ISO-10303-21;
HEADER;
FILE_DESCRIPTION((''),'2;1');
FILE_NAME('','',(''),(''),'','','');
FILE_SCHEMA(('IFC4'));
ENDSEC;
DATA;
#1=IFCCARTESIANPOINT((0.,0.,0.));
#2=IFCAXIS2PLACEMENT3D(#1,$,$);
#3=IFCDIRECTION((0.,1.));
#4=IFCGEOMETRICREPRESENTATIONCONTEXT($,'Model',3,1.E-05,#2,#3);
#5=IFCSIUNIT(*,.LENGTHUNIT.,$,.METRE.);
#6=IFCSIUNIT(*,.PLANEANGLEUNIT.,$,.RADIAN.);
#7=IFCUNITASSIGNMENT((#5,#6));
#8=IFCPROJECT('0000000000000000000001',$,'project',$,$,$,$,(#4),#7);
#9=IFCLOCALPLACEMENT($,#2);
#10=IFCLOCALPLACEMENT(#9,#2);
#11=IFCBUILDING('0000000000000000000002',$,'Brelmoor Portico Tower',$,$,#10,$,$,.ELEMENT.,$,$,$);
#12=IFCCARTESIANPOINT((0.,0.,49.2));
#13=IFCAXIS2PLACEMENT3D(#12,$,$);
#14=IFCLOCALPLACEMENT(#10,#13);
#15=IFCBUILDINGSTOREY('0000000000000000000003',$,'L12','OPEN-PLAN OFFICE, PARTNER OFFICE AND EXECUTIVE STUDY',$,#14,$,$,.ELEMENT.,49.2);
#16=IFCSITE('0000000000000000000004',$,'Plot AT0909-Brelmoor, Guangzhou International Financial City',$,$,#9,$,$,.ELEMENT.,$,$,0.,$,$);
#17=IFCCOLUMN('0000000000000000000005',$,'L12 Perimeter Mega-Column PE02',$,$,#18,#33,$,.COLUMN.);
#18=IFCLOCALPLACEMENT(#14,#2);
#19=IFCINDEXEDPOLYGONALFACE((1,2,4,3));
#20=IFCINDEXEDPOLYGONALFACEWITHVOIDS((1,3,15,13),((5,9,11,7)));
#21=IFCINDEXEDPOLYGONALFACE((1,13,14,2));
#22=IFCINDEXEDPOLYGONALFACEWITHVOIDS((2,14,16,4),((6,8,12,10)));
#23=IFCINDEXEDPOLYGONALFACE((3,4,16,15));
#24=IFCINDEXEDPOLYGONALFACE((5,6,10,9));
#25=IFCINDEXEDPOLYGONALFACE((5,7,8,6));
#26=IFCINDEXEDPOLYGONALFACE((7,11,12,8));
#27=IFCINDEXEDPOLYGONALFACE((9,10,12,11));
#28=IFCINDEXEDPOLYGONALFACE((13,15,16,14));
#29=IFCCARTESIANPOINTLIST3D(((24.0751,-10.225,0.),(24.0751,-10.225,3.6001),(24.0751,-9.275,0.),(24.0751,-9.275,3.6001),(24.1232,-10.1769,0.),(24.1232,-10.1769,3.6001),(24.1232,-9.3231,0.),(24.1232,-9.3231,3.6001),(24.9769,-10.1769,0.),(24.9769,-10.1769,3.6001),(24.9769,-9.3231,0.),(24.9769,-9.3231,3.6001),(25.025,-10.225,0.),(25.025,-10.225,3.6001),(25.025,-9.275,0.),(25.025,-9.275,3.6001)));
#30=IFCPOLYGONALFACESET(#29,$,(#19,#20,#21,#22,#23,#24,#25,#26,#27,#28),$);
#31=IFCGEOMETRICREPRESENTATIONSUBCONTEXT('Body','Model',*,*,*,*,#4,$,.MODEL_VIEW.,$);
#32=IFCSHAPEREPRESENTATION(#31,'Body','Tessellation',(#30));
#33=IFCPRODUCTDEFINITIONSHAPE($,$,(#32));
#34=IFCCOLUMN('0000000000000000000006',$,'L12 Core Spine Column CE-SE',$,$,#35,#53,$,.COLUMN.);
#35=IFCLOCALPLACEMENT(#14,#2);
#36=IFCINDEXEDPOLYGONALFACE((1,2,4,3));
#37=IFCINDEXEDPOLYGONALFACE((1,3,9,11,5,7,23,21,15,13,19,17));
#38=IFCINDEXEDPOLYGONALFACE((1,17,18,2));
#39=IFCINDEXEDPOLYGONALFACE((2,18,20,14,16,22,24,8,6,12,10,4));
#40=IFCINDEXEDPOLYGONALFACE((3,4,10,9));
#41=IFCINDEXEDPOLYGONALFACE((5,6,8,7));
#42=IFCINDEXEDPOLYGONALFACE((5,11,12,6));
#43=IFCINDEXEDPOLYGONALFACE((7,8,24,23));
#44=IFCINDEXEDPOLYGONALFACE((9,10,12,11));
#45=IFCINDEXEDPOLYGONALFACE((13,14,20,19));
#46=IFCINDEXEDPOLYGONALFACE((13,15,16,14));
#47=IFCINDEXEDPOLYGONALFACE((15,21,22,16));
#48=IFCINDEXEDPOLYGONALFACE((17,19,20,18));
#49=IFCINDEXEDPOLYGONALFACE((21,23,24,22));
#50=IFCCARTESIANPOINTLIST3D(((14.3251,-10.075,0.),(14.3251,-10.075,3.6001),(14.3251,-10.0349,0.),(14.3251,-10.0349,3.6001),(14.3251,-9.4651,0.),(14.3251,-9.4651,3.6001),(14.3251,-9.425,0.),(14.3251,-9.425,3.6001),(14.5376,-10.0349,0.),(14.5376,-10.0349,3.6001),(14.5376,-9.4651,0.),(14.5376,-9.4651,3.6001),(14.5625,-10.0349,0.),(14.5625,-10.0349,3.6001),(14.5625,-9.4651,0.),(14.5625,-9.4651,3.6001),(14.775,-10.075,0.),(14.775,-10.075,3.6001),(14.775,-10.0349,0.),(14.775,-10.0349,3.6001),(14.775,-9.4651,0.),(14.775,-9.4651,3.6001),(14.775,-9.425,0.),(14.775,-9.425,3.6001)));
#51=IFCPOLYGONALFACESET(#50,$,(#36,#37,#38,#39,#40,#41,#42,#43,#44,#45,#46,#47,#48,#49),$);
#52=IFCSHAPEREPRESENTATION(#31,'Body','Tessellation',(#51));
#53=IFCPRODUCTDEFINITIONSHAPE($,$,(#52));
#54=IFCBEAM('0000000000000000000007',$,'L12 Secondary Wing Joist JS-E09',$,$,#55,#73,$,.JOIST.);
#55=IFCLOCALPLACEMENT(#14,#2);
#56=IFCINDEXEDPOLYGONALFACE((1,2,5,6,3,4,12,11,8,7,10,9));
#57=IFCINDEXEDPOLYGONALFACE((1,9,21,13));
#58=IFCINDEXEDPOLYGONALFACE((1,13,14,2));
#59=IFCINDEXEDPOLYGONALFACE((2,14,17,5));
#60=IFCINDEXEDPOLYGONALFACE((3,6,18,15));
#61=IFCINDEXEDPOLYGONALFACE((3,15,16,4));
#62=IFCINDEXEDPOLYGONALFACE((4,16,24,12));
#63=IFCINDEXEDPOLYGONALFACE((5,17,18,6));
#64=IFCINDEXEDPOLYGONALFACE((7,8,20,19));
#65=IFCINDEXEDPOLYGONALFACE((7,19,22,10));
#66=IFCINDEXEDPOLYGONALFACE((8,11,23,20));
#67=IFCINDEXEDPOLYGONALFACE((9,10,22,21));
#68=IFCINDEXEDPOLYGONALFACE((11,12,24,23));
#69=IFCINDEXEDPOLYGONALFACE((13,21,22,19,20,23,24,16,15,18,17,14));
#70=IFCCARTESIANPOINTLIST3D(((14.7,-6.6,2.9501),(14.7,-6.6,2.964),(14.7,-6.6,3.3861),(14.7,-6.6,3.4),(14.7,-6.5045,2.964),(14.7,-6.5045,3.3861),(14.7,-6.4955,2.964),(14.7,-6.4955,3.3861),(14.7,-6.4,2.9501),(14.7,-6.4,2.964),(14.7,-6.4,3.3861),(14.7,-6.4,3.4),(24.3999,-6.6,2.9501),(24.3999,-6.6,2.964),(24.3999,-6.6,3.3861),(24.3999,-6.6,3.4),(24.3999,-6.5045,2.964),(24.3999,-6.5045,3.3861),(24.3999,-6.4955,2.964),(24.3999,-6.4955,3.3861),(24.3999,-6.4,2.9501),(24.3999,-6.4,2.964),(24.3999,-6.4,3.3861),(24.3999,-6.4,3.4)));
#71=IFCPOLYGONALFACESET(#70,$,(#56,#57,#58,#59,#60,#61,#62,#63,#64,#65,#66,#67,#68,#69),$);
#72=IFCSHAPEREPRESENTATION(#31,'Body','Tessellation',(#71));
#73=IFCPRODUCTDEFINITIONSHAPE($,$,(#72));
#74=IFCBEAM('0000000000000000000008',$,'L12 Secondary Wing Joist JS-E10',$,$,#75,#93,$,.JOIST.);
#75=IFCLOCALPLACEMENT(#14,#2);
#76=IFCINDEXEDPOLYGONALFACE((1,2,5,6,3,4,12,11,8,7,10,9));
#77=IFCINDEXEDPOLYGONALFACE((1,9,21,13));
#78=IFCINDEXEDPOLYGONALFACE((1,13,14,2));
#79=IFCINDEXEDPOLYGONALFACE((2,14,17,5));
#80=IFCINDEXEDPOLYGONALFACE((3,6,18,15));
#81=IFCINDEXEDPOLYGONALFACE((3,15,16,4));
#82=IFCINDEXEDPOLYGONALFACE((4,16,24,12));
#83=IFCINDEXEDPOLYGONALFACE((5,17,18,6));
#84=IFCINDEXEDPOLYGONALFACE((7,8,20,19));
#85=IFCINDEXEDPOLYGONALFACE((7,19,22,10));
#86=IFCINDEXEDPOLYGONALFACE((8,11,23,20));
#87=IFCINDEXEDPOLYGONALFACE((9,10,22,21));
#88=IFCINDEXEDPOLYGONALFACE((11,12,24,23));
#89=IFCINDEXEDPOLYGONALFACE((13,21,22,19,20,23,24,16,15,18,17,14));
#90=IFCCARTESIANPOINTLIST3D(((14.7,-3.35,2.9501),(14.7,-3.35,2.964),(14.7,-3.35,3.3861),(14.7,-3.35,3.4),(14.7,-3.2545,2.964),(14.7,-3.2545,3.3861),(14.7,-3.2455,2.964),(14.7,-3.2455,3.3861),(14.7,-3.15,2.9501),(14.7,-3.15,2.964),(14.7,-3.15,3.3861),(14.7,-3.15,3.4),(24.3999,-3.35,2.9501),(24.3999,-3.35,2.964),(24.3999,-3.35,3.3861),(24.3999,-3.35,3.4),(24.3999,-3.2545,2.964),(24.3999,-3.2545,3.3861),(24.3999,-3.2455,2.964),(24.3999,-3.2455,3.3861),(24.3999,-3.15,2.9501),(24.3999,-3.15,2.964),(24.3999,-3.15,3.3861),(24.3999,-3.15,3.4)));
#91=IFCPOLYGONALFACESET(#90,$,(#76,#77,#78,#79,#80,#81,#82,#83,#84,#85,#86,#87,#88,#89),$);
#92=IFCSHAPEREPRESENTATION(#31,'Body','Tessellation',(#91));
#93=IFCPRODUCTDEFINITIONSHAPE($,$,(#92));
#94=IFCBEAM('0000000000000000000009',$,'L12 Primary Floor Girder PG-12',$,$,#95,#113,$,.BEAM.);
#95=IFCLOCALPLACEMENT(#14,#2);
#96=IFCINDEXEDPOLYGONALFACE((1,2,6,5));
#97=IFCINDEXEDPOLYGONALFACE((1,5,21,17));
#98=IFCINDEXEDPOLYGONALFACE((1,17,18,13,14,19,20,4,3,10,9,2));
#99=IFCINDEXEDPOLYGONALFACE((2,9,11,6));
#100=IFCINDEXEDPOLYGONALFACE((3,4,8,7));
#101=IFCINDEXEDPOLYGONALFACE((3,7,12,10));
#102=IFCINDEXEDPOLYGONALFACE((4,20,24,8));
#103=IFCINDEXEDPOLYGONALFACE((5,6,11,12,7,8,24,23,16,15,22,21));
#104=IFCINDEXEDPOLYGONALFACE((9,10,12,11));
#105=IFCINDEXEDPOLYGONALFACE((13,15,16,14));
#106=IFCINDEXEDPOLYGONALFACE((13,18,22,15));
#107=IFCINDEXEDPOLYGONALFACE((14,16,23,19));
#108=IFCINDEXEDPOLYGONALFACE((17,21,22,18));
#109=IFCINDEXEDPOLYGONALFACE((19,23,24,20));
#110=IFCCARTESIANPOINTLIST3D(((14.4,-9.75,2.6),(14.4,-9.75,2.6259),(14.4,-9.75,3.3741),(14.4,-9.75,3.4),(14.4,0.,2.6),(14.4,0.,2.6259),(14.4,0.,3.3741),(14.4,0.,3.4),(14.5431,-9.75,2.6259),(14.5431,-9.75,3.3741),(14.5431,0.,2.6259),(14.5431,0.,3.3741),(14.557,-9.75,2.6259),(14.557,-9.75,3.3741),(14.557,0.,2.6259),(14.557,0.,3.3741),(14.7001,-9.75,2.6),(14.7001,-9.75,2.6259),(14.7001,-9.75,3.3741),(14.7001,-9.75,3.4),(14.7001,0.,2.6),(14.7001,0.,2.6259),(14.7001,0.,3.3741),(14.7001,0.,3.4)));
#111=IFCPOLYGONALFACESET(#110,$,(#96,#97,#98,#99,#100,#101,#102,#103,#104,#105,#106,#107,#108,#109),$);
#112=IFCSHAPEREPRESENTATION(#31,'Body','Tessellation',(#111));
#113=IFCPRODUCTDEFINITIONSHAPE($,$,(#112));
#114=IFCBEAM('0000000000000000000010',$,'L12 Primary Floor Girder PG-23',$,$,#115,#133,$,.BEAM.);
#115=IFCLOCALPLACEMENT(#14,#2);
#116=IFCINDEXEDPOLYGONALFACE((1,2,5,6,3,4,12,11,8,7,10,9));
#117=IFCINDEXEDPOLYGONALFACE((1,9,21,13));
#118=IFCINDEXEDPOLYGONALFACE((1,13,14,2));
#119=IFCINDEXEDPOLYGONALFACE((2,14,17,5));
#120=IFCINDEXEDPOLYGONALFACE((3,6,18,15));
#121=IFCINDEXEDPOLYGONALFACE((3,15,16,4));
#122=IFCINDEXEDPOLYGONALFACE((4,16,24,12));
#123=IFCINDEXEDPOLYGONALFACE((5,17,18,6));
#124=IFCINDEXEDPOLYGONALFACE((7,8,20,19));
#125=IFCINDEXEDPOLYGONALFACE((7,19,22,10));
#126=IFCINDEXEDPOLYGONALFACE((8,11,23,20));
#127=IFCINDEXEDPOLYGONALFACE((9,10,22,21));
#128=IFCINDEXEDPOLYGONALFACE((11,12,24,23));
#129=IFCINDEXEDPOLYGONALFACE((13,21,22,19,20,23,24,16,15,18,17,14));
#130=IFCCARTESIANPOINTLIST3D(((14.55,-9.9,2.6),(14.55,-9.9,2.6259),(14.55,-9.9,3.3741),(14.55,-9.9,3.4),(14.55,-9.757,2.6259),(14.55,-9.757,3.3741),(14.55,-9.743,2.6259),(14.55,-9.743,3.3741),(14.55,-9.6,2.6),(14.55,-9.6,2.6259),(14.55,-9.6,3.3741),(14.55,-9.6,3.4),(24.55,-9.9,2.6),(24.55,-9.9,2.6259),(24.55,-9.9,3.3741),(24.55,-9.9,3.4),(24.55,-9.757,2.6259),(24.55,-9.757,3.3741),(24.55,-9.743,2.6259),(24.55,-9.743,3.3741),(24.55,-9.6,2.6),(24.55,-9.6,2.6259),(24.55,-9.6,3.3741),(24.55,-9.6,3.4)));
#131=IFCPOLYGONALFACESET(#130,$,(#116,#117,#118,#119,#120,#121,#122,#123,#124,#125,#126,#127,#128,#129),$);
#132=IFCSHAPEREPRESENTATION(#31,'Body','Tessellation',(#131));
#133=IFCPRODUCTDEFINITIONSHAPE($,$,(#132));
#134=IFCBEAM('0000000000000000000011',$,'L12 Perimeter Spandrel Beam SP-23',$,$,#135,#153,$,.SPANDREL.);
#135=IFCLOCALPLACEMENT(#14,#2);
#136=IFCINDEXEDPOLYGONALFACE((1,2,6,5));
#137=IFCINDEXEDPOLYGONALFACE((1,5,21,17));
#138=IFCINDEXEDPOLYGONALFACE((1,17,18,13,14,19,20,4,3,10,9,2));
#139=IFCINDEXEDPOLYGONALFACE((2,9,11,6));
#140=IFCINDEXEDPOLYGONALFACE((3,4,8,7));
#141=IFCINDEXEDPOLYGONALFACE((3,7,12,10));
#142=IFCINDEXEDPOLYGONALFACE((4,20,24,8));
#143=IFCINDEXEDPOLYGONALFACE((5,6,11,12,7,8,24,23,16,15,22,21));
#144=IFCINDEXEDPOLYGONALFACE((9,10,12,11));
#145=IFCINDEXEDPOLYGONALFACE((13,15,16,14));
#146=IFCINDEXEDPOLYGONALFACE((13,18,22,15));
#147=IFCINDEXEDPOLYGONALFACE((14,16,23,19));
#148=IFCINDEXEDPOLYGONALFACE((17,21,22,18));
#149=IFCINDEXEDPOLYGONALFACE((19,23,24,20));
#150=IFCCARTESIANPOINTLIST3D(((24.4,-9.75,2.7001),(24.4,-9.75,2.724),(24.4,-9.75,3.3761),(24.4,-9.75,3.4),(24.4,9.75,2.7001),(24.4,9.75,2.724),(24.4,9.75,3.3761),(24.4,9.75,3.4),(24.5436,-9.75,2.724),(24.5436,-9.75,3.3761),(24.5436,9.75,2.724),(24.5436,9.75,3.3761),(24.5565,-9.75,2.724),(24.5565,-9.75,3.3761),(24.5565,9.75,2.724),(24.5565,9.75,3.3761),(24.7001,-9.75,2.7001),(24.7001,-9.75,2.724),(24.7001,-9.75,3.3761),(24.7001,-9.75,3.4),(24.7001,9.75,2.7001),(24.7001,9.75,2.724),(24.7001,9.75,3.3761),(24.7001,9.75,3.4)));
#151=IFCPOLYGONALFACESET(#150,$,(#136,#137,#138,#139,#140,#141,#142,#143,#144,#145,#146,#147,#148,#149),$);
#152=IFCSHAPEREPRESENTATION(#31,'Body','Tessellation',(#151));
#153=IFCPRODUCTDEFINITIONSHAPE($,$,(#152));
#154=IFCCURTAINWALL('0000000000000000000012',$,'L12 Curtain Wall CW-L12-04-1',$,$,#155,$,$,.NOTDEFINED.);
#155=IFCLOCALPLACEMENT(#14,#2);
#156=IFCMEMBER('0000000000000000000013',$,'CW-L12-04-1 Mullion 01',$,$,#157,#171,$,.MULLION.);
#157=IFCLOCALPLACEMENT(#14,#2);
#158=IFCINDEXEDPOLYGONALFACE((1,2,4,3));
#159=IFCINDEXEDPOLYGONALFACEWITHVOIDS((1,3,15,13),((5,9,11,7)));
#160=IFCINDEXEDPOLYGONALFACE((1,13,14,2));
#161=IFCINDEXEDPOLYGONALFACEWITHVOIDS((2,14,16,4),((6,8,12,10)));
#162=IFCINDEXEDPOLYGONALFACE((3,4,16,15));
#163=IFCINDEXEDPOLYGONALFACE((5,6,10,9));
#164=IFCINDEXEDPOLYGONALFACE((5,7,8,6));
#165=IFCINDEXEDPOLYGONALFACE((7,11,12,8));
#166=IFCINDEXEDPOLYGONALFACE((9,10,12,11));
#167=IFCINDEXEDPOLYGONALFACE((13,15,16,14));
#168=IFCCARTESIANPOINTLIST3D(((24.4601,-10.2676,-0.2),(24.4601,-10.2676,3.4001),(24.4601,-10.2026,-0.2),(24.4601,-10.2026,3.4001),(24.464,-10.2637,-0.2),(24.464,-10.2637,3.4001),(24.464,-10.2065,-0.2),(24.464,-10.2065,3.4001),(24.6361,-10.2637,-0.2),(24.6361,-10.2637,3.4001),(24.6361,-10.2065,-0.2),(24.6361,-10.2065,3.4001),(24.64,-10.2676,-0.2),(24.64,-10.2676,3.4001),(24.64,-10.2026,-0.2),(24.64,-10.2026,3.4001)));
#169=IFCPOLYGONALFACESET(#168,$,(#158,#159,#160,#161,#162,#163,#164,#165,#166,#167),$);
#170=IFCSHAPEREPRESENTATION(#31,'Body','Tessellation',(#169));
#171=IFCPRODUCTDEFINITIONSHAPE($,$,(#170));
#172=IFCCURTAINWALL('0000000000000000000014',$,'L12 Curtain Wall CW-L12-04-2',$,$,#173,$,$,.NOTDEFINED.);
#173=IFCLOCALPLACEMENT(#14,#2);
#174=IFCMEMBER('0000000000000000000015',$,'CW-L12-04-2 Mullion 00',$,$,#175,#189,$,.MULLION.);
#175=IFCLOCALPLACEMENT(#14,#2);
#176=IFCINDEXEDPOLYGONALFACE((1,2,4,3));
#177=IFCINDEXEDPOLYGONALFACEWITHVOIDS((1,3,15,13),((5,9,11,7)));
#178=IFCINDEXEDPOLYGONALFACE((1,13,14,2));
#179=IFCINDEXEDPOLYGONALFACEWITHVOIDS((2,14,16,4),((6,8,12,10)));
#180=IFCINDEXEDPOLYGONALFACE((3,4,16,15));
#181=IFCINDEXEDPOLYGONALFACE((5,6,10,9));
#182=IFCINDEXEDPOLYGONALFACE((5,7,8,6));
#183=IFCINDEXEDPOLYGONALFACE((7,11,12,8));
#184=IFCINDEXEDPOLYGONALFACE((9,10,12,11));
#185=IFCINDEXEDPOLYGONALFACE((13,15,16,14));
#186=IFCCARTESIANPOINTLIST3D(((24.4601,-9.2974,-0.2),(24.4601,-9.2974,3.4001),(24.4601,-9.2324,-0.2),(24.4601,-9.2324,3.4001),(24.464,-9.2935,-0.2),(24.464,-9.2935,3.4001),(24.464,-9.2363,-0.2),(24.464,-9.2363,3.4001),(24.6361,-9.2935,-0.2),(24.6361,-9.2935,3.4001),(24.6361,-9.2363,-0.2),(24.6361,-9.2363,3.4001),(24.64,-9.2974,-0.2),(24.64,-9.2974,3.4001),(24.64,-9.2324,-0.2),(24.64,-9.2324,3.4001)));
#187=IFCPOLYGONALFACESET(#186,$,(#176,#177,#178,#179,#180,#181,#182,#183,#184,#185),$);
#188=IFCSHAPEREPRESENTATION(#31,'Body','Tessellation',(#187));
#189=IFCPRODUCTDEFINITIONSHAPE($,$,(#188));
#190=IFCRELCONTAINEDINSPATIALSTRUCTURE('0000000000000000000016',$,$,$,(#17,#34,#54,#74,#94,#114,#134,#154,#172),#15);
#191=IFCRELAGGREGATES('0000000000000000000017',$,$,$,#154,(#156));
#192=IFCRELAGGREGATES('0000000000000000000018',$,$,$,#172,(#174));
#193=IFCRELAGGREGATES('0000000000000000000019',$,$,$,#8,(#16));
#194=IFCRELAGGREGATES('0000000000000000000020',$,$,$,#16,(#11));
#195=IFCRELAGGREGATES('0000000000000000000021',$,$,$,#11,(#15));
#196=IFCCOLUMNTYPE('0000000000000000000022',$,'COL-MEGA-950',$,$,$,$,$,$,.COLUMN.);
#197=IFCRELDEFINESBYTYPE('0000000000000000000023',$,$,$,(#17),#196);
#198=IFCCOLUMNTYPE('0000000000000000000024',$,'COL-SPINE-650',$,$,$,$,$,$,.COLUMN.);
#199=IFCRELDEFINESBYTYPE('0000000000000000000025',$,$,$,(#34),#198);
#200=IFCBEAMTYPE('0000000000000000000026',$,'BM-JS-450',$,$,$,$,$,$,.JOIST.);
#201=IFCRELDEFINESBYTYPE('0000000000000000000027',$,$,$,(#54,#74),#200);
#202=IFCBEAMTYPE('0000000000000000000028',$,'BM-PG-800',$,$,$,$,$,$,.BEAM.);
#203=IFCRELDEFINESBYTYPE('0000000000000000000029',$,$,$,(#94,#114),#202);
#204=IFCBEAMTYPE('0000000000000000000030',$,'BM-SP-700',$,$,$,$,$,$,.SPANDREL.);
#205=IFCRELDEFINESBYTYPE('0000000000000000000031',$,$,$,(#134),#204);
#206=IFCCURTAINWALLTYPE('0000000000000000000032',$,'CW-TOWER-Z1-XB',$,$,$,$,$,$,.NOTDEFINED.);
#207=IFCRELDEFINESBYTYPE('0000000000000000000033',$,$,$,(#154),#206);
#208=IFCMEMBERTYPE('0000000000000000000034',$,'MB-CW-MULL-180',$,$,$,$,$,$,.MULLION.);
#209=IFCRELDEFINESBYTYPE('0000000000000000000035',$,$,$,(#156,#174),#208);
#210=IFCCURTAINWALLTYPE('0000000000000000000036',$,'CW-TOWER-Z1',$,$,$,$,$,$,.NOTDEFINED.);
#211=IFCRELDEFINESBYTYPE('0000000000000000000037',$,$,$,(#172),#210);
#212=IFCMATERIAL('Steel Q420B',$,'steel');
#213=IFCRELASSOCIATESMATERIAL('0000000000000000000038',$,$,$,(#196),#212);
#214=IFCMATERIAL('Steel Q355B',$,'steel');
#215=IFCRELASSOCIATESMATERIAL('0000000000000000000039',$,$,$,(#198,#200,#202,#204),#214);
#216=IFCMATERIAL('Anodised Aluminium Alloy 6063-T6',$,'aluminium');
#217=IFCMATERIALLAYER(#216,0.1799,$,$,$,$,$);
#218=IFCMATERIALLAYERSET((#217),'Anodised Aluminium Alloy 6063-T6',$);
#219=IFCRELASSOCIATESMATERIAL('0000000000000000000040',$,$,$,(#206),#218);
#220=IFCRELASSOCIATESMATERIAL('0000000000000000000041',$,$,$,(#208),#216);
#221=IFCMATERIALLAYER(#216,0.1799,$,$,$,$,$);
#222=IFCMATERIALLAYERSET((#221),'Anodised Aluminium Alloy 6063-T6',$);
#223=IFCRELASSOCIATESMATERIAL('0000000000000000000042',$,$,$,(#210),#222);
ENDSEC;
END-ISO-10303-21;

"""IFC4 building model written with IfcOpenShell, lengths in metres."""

from ifc_helpers import new_model, si_unit, direction, frame, origin, origin_2d, place, context, subcontext, project, spatial, hollow_rectangle, i_section, extrude, material, layer, layer_set, material_profile, profile_set, type_object, element, aggregate, save


model = new_model("IFC4")

# Units and contexts
model_context = context("Model", 3, precision=1e-05, world=origin(), true_north=direction((0.0, 1.0)))
body_context = subcontext(model_context, "Body", "Model", "MODEL_VIEW")
ifc_project = project(units=[si_unit("LENGTHUNIT", "METRE"), si_unit("PLANEANGLEUNIT", "RADIAN")], contexts=[model_context])

# Site, building, storey
site_placement = place(None, origin())
site = spatial("IfcSite", under=ifc_project, at=site_placement, Name="Plot AT0909-Brelmoor, Guangzhou International Financial City", CompositionType="ELEMENT", RefElevation=0.0)
building_placement = place(site_placement, origin())
building = spatial("IfcBuilding", under=site, at=building_placement, Name="Brelmoor Portico Tower", CompositionType="ELEMENT")
storey_placement = place(building_placement, frame((0.0, 0.0, 49.2)))
storey = spatial("IfcBuildingStorey", under=building, at=storey_placement, Name="L12", Description="OPEN-PLAN OFFICE, PARTNER OFFICE AND EXECUTIVE STUDY", CompositionType="ELEMENT", Elevation=49.2)

# Columns
ifc_material_1 = material(Name="Steel Q420B", Category="steel")
ifc_material_profile_1 = material_profile(ifc_material_1, hollow_rectangle(XDim=0.95, YDim=0.95, WallThickness=0.0481, at=origin_2d()), Name="BOX 950x950x48")
ifc_profile_set_1 = profile_set([ifc_material_profile_1], Name="Steel Q420B")
column_type_1 = type_object("IfcColumnType", Name="COL-MEGA-950", PredefinedType="COLUMN", material=ifc_profile_set_1)
column_1_placement = place(storey_placement, frame((24.55, -9.75, 0.0), z_axis=(0.0, 0.0, 1.0), x_axis=(0.0, 1.0, 0.0)))
element("IfcColumn", 1, at=column_1_placement, inside=storey, type_object=column_type_1, Name="L12 Perimeter Mega-Column PE02", PredefinedType="COLUMN", context=body_context, shape_type="SweptSolid", body=[
    extrude(hollow_rectangle(XDim=0.95, YDim=0.95, WallThickness=0.0481, at=origin_2d()), origin(), (0.0, 0.0, 1.0), 3.6001),
])
ifc_material_2 = material(Name="Steel Q355B", Category="steel")
ifc_material_profile_2 = material_profile(ifc_material_2, i_section(OverallWidth=0.45, OverallDepth=0.6499, WebThickness=0.0249, FlangeThickness=0.04, at=origin_2d()), Name="HW 650x450x25x40")
ifc_profile_set_2 = profile_set([ifc_material_profile_2], Name="Steel Q355B")
column_type_2 = type_object("IfcColumnType", Name="COL-SPINE-650", PredefinedType="COLUMN", material=ifc_profile_set_2)
column_2_placement = place(storey_placement, frame((14.55, -9.75, 0.0), z_axis=(0.0, 0.0, 1.0), x_axis=(1.0, 0.0, 0.0)))
element("IfcColumn", 2, at=column_2_placement, inside=storey, type_object=column_type_2, Name="L12 Core Spine Column CE-SE", PredefinedType="COLUMN", context=body_context, shape_type="SweptSolid", body=[
    extrude(i_section(OverallWidth=0.45, OverallDepth=0.6499, WebThickness=0.0249, FlangeThickness=0.04, at=origin_2d()), origin(), (0.0, 0.0, 1.0), 3.6001),
])

# Beams
ifc_material_profile_3 = material_profile(ifc_material_2, i_section(OverallWidth=0.2, OverallDepth=0.45, WebThickness=0.009, FlangeThickness=0.0139, at=origin_2d()), Name="HN 450x200x9x14")
ifc_profile_set_3 = profile_set([ifc_material_profile_3], Name="Steel Q355B")
beam_type_1 = type_object("IfcBeamType", Name="BM-JS-450", PredefinedType="JOIST", material=ifc_profile_set_3)
for number, where, z_axis, x_axis, name in (
    (3, (14.7, -6.5, 3.175), (1.0, 0.0, 0.0), (0.0, 1.0, 0.0), "L12 Secondary Wing Joist JS-E09"),
    (4, (14.7, -3.25, 3.175), (1.0, 0.0, 0.0), (0.0, 1.0, 0.0), "L12 Secondary Wing Joist JS-E10"),
):
    element("IfcBeam", number, at=place(storey_placement, frame(where, z_axis=z_axis, x_axis=x_axis)), inside=storey, type_object=beam_type_1, Name=name, PredefinedType="JOIST", context=body_context, shape_type="SweptSolid", body=[
        extrude(i_section(OverallWidth=0.2, OverallDepth=0.45, WebThickness=0.009, FlangeThickness=0.0139, at=origin_2d()), origin(), (0.0, 0.0, 1.0), 9.7),
    ])
ifc_material_profile_4 = material_profile(ifc_material_2, i_section(OverallWidth=0.3, OverallDepth=0.8, WebThickness=0.0139, FlangeThickness=0.0259, at=origin_2d()), Name="HN 800x300x14x26")
ifc_profile_set_4 = profile_set([ifc_material_profile_4], Name="Steel Q355B")
beam_type_2 = type_object("IfcBeamType", Name="BM-PG-800", PredefinedType="BEAM", material=ifc_profile_set_4)
beam_1_placement = place(storey_placement, frame((14.55, -9.75, 3.0), z_axis=(0.0, 1.0, 0.0), x_axis=(-1.0, 0.0, 0.0)))
element("IfcBeam", 5, at=beam_1_placement, inside=storey, type_object=beam_type_2, Name="L12 Primary Floor Girder PG-12", PredefinedType="BEAM", context=body_context, shape_type="SweptSolid", body=[
    extrude(i_section(OverallWidth=0.3, OverallDepth=0.8, WebThickness=0.0139, FlangeThickness=0.0259, at=origin_2d()), origin(), (0.0, 0.0, 1.0), 9.75),
])
beam_2_placement = place(storey_placement, frame((14.55, -9.75, 3.0), z_axis=(1.0, 0.0, 0.0), x_axis=(0.0, 1.0, 0.0)))
element("IfcBeam", 6, at=beam_2_placement, inside=storey, type_object=beam_type_2, Name="L12 Primary Floor Girder PG-23", PredefinedType="BEAM", context=body_context, shape_type="SweptSolid", body=[
    extrude(i_section(OverallWidth=0.3, OverallDepth=0.8, WebThickness=0.0139, FlangeThickness=0.0259, at=origin_2d()), origin(), (0.0, 0.0, 1.0), 10.0),
])
ifc_material_profile_5 = material_profile(ifc_material_2, i_section(OverallWidth=0.3, OverallDepth=0.7, WebThickness=0.0129, FlangeThickness=0.0239, at=origin_2d()), Name="HN 700x300x13x24")
ifc_profile_set_5 = profile_set([ifc_material_profile_5], Name="Steel Q355B")
beam_type_3 = type_object("IfcBeamType", Name="BM-SP-700", PredefinedType="SPANDREL", material=ifc_profile_set_5)
beam_3_placement = place(storey_placement, frame((24.55, -9.75, 3.05), z_axis=(0.0, 1.0, 0.0), x_axis=(-1.0, 0.0, 0.0)))
element("IfcBeam", 7, at=beam_3_placement, inside=storey, type_object=beam_type_3, Name="L12 Perimeter Spandrel Beam SP-23", PredefinedType="SPANDREL", context=body_context, shape_type="SweptSolid", body=[
    extrude(i_section(OverallWidth=0.3, OverallDepth=0.7, WebThickness=0.0129, FlangeThickness=0.0239, at=origin_2d()), origin(), (0.0, 0.0, 1.0), 19.5),
])

# Curtain wall, member
ifc_material_3 = material(Name="Anodised Aluminium Alloy 6063-T6", Category="aluminium")
ifc_layer_1 = layer(ifc_material_3, 0.1799)
ifc_layer_set_1 = layer_set([ifc_layer_1], Name="Anodised Aluminium Alloy 6063-T6")
curtain_wall_type_1 = type_object("IfcCurtainWallType", Name="CW-TOWER-Z1-XB", PredefinedType="NOTDEFINED", material=ifc_layer_set_1)
curtain_wall_1_placement = place(storey_placement, origin())
curtain_wall_1 = element("IfcCurtainWall", 8, at=curtain_wall_1_placement, inside=storey, type_object=curtain_wall_type_1, Name="L12 Curtain Wall CW-L12-04-1", PredefinedType="NOTDEFINED")
ifc_material_profile_6 = material_profile(ifc_material_3, hollow_rectangle(XDim=0.0649, YDim=0.1799, WallThickness=0.0039, at=origin_2d()), Name="ALU MULLION 65x180")
ifc_profile_set_6 = profile_set([ifc_material_profile_6], Name="Anodised Aluminium Alloy 6063-T6")
member_type_1 = type_object("IfcMemberType", Name="MB-CW-MULL-180", PredefinedType="MULLION", material=ifc_profile_set_6)
member_1_placement = place(storey_placement, frame((24.55, -10.2351, -0.2), z_axis=(0.0, 0.0, 1.0), x_axis=(0.0, 1.0, 0.0)))
member_1 = element("IfcMember", 9, at=member_1_placement, type_object=member_type_1, Name="CW-L12-04-1 Mullion 01", PredefinedType="MULLION", context=body_context, shape_type="SweptSolid", body=[
    extrude(hollow_rectangle(XDim=0.0649, YDim=0.1799, WallThickness=0.0039, at=origin_2d()), origin(), (0.0, 0.0, 1.0), 3.6001),
])
aggregate(curtain_wall_1, [member_1])

# Curtain wall, member
ifc_layer_2 = layer(ifc_material_3, 0.1799)
ifc_layer_set_2 = layer_set([ifc_layer_2], Name="Anodised Aluminium Alloy 6063-T6")
curtain_wall_type_2 = type_object("IfcCurtainWallType", Name="CW-TOWER-Z1", PredefinedType="NOTDEFINED", material=ifc_layer_set_2)
curtain_wall_2_placement = place(storey_placement, origin())
curtain_wall_2 = element("IfcCurtainWall", 10, at=curtain_wall_2_placement, inside=storey, type_object=curtain_wall_type_2, Name="L12 Curtain Wall CW-L12-04-2", PredefinedType="NOTDEFINED")
member_2_placement = place(storey_placement, frame((24.55, -9.2649, -0.2), z_axis=(0.0, 0.0, 1.0), x_axis=(0.0, 1.0, 0.0)))
member_2 = element("IfcMember", 11, at=member_2_placement, type_object=member_type_1, Name="CW-L12-04-2 Mullion 00", PredefinedType="MULLION", context=body_context, shape_type="SweptSolid", body=[
    extrude(hollow_rectangle(XDim=0.0649, YDim=0.1799, WallThickness=0.0039, at=origin_2d()), origin(), (0.0, 0.0, 1.0), 3.6001),
])
aggregate(curtain_wall_2, [member_2])

save(model, "model.ifc")
